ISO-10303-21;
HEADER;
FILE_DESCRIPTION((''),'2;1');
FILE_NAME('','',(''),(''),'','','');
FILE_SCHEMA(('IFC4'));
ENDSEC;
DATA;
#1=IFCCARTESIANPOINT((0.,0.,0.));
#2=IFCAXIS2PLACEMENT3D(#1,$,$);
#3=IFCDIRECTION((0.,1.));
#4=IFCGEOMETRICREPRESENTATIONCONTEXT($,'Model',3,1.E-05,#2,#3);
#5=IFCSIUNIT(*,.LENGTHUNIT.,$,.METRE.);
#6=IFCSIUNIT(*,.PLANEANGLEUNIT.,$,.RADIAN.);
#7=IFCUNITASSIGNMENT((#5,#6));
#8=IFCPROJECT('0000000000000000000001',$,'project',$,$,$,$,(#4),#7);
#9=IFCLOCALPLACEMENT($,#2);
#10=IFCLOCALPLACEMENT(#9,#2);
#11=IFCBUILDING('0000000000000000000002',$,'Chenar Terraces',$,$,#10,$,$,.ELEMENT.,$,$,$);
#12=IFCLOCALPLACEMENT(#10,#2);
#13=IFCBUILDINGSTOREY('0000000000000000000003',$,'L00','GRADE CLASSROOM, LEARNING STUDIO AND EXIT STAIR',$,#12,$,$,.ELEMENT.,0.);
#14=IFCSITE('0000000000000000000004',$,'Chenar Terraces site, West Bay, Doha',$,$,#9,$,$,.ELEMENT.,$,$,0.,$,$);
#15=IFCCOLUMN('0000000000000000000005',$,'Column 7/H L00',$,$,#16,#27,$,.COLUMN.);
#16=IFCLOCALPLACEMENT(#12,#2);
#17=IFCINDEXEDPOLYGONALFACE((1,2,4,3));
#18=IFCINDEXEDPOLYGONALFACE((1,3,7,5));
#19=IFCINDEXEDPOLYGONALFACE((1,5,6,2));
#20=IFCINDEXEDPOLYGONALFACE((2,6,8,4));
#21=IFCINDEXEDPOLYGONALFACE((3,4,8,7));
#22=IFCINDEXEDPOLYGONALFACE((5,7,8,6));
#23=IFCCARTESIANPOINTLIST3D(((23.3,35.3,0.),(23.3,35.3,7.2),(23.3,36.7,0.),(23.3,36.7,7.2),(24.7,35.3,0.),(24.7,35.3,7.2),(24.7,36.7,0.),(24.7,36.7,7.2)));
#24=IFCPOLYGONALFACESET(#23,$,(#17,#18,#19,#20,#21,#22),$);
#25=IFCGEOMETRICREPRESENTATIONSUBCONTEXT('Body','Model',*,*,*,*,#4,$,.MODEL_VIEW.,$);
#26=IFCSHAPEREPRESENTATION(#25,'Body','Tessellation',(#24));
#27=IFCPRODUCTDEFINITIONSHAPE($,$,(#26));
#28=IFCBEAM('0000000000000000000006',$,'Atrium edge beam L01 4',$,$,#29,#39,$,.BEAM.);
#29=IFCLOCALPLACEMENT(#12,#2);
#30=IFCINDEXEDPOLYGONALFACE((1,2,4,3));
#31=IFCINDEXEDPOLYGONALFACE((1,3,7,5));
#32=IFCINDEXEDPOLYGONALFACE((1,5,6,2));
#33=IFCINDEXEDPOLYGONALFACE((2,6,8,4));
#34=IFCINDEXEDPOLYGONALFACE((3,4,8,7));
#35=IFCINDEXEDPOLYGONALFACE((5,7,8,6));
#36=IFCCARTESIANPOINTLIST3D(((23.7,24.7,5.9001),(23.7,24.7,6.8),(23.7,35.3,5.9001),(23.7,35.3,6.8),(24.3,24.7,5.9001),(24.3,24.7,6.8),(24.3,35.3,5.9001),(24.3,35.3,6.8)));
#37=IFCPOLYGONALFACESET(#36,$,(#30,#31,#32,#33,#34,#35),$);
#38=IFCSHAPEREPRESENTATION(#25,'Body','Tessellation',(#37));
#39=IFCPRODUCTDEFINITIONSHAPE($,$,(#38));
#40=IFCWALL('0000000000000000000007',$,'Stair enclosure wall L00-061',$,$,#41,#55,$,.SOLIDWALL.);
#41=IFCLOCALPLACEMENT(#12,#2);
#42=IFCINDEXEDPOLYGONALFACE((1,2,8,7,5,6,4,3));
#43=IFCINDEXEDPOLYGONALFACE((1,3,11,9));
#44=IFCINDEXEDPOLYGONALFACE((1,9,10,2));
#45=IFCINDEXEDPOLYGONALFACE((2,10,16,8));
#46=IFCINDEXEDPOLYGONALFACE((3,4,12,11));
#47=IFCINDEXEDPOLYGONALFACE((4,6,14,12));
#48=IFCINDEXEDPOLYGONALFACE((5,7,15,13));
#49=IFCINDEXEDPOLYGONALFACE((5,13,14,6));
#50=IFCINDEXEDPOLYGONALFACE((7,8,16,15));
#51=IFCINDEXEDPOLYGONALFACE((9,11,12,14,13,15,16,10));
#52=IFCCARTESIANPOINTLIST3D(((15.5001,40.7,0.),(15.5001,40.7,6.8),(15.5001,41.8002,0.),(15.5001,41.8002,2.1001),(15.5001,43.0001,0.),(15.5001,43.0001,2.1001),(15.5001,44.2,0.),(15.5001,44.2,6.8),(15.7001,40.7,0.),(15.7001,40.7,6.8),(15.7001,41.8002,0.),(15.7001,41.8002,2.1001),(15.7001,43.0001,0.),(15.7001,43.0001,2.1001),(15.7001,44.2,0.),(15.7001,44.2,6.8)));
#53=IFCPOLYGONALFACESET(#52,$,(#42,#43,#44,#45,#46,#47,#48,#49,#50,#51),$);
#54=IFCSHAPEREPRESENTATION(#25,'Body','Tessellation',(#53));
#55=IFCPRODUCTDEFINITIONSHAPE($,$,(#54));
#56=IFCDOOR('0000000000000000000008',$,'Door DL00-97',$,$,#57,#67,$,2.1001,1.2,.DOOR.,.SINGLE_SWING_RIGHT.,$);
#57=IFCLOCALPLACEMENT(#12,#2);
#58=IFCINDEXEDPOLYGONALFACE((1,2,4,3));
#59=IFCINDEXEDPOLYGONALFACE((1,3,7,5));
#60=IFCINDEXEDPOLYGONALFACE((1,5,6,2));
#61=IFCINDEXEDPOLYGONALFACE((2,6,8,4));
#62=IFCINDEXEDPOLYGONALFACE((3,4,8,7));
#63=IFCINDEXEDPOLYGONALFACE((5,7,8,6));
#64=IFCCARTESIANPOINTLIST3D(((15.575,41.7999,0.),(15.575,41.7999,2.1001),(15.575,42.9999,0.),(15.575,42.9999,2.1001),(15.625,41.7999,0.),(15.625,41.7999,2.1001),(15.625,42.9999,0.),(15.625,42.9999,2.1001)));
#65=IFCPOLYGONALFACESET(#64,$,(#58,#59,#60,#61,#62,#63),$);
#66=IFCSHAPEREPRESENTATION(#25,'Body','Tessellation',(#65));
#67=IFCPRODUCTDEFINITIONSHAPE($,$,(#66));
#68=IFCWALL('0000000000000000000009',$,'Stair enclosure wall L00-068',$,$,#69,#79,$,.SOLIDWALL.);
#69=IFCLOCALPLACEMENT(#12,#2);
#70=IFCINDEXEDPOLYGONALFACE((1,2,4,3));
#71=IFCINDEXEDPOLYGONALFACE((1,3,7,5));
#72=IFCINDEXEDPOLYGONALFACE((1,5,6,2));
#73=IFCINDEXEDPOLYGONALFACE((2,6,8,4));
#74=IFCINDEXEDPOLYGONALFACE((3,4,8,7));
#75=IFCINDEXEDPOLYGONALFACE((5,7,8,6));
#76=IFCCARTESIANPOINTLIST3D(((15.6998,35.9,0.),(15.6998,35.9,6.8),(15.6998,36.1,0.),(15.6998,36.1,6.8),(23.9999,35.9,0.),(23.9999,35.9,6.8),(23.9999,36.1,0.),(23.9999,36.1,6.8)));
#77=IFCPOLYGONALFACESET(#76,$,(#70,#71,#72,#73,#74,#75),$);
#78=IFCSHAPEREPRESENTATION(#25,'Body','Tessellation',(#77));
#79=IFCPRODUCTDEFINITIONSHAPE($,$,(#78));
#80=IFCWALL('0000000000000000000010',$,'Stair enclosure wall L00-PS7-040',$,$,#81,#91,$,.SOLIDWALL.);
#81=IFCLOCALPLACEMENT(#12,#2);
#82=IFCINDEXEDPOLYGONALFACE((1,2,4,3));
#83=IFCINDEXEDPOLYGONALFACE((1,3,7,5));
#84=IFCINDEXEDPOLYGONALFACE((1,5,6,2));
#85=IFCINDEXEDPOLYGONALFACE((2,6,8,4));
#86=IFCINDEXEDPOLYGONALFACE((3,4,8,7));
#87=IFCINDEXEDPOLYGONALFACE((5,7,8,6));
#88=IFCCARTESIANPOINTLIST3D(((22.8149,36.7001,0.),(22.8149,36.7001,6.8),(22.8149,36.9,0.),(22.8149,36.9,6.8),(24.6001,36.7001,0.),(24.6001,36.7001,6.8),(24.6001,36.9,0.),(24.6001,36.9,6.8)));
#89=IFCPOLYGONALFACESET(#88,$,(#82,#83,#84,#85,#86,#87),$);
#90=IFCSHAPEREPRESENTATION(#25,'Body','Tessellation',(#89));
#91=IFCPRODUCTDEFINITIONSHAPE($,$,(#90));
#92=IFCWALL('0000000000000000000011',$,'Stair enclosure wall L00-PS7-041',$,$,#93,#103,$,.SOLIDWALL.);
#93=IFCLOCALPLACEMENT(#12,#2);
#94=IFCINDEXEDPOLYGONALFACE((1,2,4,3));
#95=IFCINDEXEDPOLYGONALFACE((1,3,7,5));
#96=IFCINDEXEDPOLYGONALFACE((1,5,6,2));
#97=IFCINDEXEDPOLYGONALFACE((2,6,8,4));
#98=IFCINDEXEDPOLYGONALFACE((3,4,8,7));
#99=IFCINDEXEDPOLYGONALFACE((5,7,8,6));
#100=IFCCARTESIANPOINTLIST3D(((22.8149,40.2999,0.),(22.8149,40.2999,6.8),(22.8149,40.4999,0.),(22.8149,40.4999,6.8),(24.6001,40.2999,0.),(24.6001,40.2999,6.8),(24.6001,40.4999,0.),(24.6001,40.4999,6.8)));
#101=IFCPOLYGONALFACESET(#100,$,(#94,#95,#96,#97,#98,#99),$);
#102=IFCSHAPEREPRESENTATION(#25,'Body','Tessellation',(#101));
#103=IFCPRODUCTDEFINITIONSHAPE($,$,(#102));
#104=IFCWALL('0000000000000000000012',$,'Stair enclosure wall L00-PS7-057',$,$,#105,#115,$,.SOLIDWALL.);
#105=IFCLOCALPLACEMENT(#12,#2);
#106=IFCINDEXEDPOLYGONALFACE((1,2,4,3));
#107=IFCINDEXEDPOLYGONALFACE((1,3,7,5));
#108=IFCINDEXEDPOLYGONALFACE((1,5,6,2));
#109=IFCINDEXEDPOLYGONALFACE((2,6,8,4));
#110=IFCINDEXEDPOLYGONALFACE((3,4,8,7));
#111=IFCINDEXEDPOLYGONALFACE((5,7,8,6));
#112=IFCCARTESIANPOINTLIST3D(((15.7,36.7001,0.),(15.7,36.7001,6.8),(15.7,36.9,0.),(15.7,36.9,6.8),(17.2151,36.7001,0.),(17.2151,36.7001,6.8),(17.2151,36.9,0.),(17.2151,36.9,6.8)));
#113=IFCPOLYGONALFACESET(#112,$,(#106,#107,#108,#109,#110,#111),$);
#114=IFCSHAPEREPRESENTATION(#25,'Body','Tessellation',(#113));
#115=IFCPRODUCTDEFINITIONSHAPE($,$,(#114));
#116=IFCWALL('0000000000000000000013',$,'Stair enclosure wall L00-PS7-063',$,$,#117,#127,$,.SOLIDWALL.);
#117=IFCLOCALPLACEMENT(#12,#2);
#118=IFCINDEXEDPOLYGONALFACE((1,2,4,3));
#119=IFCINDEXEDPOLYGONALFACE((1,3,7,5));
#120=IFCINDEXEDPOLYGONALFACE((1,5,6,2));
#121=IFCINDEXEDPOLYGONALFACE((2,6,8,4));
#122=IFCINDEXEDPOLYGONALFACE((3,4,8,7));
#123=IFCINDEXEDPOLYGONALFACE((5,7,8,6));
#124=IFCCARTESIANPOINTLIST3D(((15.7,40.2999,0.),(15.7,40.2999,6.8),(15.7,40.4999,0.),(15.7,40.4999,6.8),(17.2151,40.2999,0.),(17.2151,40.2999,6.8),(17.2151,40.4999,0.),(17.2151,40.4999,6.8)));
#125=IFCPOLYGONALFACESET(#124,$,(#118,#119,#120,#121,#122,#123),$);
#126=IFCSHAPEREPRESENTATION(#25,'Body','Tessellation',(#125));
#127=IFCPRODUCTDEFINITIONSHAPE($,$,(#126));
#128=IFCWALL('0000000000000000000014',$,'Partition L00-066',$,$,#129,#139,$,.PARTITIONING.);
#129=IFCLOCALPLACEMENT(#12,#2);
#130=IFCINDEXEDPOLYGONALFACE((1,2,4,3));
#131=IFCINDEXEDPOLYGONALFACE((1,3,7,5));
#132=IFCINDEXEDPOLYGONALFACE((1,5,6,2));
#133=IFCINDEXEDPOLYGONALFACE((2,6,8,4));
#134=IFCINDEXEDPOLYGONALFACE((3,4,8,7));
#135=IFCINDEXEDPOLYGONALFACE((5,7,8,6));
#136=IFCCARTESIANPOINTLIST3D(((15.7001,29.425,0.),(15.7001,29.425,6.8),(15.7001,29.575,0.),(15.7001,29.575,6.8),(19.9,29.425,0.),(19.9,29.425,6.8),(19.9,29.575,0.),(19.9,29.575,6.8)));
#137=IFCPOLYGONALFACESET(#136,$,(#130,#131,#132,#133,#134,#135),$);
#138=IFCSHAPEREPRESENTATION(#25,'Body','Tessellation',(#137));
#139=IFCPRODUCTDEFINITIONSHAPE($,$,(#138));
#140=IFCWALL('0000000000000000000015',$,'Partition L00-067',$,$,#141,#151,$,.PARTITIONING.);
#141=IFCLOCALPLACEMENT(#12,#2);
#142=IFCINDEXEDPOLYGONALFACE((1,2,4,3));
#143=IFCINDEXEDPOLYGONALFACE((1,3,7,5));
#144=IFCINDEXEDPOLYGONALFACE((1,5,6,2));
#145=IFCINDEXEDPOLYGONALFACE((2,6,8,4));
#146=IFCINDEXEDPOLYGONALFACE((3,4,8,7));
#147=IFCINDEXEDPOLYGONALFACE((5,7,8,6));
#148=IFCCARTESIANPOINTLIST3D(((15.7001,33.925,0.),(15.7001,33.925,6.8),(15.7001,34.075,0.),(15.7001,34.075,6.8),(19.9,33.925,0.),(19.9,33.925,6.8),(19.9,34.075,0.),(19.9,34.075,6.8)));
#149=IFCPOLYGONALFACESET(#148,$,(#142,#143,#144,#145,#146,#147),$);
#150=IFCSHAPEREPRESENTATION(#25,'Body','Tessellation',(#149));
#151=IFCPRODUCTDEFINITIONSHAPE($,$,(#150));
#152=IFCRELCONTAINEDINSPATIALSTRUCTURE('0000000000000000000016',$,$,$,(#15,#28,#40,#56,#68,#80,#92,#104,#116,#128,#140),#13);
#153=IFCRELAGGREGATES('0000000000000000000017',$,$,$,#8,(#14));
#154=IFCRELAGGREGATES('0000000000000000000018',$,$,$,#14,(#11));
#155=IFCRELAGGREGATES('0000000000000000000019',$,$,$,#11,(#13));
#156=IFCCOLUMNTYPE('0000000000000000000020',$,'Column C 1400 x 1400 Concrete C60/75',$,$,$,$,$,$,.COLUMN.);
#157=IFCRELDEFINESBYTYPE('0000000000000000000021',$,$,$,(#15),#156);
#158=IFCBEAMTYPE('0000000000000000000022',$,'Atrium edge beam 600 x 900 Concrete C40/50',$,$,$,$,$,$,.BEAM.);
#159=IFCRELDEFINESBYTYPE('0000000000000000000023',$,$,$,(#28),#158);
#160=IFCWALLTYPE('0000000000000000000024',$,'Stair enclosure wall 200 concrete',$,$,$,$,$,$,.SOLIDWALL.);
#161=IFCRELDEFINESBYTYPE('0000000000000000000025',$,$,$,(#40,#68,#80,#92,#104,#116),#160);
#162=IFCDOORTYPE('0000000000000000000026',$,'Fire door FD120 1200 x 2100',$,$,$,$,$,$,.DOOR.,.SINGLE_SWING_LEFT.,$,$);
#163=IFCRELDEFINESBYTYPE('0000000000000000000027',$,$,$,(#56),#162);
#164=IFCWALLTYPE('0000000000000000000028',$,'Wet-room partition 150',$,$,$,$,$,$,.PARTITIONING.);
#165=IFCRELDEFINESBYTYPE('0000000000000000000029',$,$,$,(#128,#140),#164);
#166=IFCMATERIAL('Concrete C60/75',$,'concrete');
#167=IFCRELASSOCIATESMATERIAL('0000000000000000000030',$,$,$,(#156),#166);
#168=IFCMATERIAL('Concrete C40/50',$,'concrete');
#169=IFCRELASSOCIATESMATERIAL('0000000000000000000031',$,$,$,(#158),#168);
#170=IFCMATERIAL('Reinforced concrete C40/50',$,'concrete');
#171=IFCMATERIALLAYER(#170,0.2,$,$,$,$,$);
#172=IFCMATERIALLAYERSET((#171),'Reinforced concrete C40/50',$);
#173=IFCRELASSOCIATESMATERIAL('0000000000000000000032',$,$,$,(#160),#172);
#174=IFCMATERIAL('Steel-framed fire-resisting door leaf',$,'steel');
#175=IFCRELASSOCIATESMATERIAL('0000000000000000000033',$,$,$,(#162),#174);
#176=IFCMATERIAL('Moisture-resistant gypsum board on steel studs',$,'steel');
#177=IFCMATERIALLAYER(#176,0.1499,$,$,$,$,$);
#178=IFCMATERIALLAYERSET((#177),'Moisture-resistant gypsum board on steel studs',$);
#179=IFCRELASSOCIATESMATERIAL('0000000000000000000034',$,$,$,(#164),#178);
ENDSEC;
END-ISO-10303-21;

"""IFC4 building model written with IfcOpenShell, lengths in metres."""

from ifc_helpers import new_model, si_unit, direction, frame, frame_2d, origin, origin_2d, place, context, subcontext, project, spatial, rectangle, extrude, material, layer, layer_set, material_profile, profile_set, type_object, element, fill, save


model = new_model("IFC4")

# Units and contexts
model_context = context("Model", 3, precision=1e-05, world=origin(), true_north=direction((0.0, 1.0)))
body_context = subcontext(model_context, "Body", "Model", "MODEL_VIEW")
ifc_project = project(units=[si_unit("LENGTHUNIT", "METRE"), si_unit("PLANEANGLEUNIT", "RADIAN")], contexts=[model_context])

# Site, building, storey
site_placement = place(None, origin())
site = spatial("IfcSite", under=ifc_project, at=site_placement, Name="Chenar Terraces site, West Bay, Doha", CompositionType="ELEMENT", RefElevation=0.0)
building_placement = place(site_placement, origin())
building = spatial("IfcBuilding", under=site, at=building_placement, Name="Chenar Terraces", CompositionType="ELEMENT")
storey_placement = place(building_placement, origin())
storey = spatial("IfcBuildingStorey", under=building, at=storey_placement, Name="L00", Description="GRADE CLASSROOM, LEARNING STUDIO AND EXIT STAIR", CompositionType="ELEMENT", Elevation=0.0)

# Column
ifc_material_1 = material(Name="Concrete C60/75", Category="concrete")
ifc_material_profile_1 = material_profile(ifc_material_1, rectangle(XDim=1.3999, YDim=1.3999, at=origin_2d()), Name="C 1400 x 1400")
ifc_profile_set_1 = profile_set([ifc_material_profile_1], Name="Concrete C60/75")
column_type = type_object("IfcColumnType", Name="Column C 1400 x 1400 Concrete C60/75", PredefinedType="COLUMN", material=ifc_profile_set_1)
column_placement = place(storey_placement, frame((24.0, 36.0, 0.0), z_axis=(0.0, 0.0, 1.0), x_axis=(1.0, 0.0, 0.0)))
element("IfcColumn", 1, at=column_placement, inside=storey, type_object=column_type, Name="Column 7/H L00", PredefinedType="COLUMN", context=body_context, shape_type="SweptSolid", body=[
    extrude(rectangle(XDim=1.3999, YDim=1.3999, at=origin_2d()), origin(), (0.0, 0.0, 1.0), 7.2),
])

# Beam
ifc_material_2 = material(Name="Concrete C40/50", Category="concrete")
ifc_material_profile_2 = material_profile(ifc_material_2, rectangle(XDim=0.6001, YDim=0.8999, at=origin_2d()), Name="RC 600 x 900")
ifc_profile_set_2 = profile_set([ifc_material_profile_2], Name="Concrete C40/50")
beam_type = type_object("IfcBeamType", Name="Atrium edge beam 600 x 900 Concrete C40/50", PredefinedType="BEAM", material=ifc_profile_set_2)
beam_placement = place(storey_placement, frame((24.0, 35.3, 6.3501), z_axis=(0.0, -1.0, 0.0), x_axis=(1.0, 0.0, 0.0)))
element("IfcBeam", 2, at=beam_placement, inside=storey, type_object=beam_type, Name="Atrium edge beam L01 4", PredefinedType="BEAM", context=body_context, shape_type="SweptSolid", body=[
    extrude(rectangle(XDim=0.6001, YDim=0.8999, at=origin_2d()), origin(), (0.0, 0.0, 1.0), 10.6001),
])

# Wall, opening, door
ifc_material_3 = material(Name="Reinforced concrete C40/50", Category="concrete")
ifc_layer_1 = layer(ifc_material_3, 0.2)
ifc_layer_set_1 = layer_set([ifc_layer_1], Name="Reinforced concrete C40/50")
wall_type_1 = type_object("IfcWallType", Name="Stair enclosure wall 200 concrete", PredefinedType="SOLIDWALL", material=ifc_layer_set_1)
wall_1_placement = place(storey_placement, frame((15.6001, 40.7, 0.0), z_axis=(0.0, 0.0, 1.0), x_axis=(0.0, 1.0, 0.0)))
wall_1 = element("IfcWall", 3, at=wall_1_placement, inside=storey, type_object=wall_type_1, Name="Stair enclosure wall L00-061", PredefinedType="SOLIDWALL", context=body_context, shape_type="SweptSolid", body=[
    extrude(rectangle(XDim=3.5, YDim=0.2, at=frame_2d((1.75, 0.0))), origin(), (0.0, 0.0, 1.0), 6.8),
])
opening_placement = place(wall_1_placement, frame((1.1001, 0.0, 0.0)))
opening = element("IfcOpeningElement", 4, at=opening_placement, cuts=wall_1, PredefinedType="OPENING", context=body_context, shape_type="SweptSolid", body=[
    extrude(rectangle(XDim=1.2, YDim=2.1001, at=frame_2d((0.6001, 1.05))), frame((0.0, 0.1099, 0.0), z_axis=(0.0, -1.0, 0.0), x_axis=(1.0, 0.0, 0.0)), (0.0, 0.0, 1.0), 0.22),
])
ifc_material_4 = material(Name="Steel-framed fire-resisting door leaf", Category="steel")
door_type = type_object("IfcDoorType", Name="Fire door FD120 1200 x 2100", OperationType="SINGLE_SWING_LEFT", PredefinedType="DOOR", material=ifc_material_4)
door_placement = place(opening_placement, frame((1.2, 0.0, 0.0), z_axis=(0.0, 0.0, 1.0), x_axis=(-1.0, 0.0, 0.0)))
door = element("IfcDoor", 5, at=door_placement, inside=storey, type_object=door_type, Name="Door DL00-97", OperationType="SINGLE_SWING_RIGHT", OverallHeight=2.1001, OverallWidth=1.2, PredefinedType="DOOR", context=body_context, shape_type="SweptSolid", body=[
    extrude(rectangle(XDim=1.2, YDim=2.1001, at=frame_2d((0.6001, 1.05))), frame((0.0, 0.0249, 0.0), z_axis=(0.0, -1.0, 0.0), x_axis=(1.0, 0.0, 0.0)), (0.0, 0.0, 1.0), 0.05),
])
fill(opening, door)

# Walls
wall_2_placement = place(storey_placement, frame((15.7, 36.0, 0.0), z_axis=(0.0, 0.0, 1.0), x_axis=(1.0, 0.0, 0.0)))
element("IfcWall", 6, at=wall_2_placement, inside=storey, type_object=wall_type_1, Name="Stair enclosure wall L00-068", PredefinedType="SOLIDWALL", context=body_context, shape_type="SweptSolid", body=[
    extrude(rectangle(XDim=8.3, YDim=0.2, at=frame_2d((4.1499, 0.0))), origin(), (0.0, 0.0, 1.0), 6.8),
])
for number, where, z_axis, x_axis, name in (
    (7, (22.8149, 36.8, 0.0), (0.0, 0.0, 1.0), (1.0, 0.0, 0.0), "Stair enclosure wall L00-PS7-040"),
    (8, (22.8149, 40.3999, 0.0), (0.0, 0.0, 1.0), (1.0, 0.0, 0.0), "Stair enclosure wall L00-PS7-041"),
):
    element("IfcWall", number, at=place(storey_placement, frame(where, z_axis=z_axis, x_axis=x_axis)), inside=storey, type_object=wall_type_1, Name=name, PredefinedType="SOLIDWALL", context=body_context, shape_type="SweptSolid", body=[
        extrude(rectangle(XDim=1.7852, YDim=0.2, at=frame_2d((0.8926, 0.0))), origin(), (0.0, 0.0, 1.0), 6.8),
    ])
for number, where, z_axis, x_axis, name in (
    (9, (15.7, 36.8, 0.0), (0.0, 0.0, 1.0), (1.0, 0.0, 0.0), "Stair enclosure wall L00-PS7-057"),
    (10, (15.7, 40.3999, 0.0), (0.0, 0.0, 1.0), (1.0, 0.0, 0.0), "Stair enclosure wall L00-PS7-063"),
):
    element("IfcWall", number, at=place(storey_placement, frame(where, z_axis=z_axis, x_axis=x_axis)), inside=storey, type_object=wall_type_1, Name=name, PredefinedType="SOLIDWALL", context=body_context, shape_type="SweptSolid", body=[
        extrude(rectangle(XDim=1.5151, YDim=0.2, at=frame_2d((0.7576, 0.0))), origin(), (0.0, 0.0, 1.0), 6.8),
    ])
ifc_material_5 = material(Name="Moisture-resistant gypsum board on steel studs", Category="steel")
ifc_layer_2 = layer(ifc_material_5, 0.1499)
ifc_layer_set_2 = layer_set([ifc_layer_2], Name="Moisture-resistant gypsum board on steel studs")
wall_type_2 = type_object("IfcWallType", Name="Wet-room partition 150", PredefinedType="PARTITIONING", material=ifc_layer_set_2)
for number, where, z_axis, x_axis, name in (
    (11, (15.7, 29.5, 0.0), (0.0, 0.0, 1.0), (1.0, 0.0, 0.0), "Partition L00-066"),
    (12, (15.7, 34.0, 0.0), (0.0, 0.0, 1.0), (1.0, 0.0, 0.0), "Partition L00-067"),
):
    element("IfcWall", number, at=place(storey_placement, frame(where, z_axis=z_axis, x_axis=x_axis)), inside=storey, type_object=wall_type_2, Name=name, PredefinedType="PARTITIONING", context=body_context, shape_type="SweptSolid", body=[
        extrude(rectangle(XDim=4.2, YDim=0.1499, at=frame_2d((2.1001, 0.0))), origin(), (0.0, 0.0, 1.0), 6.8),
    ])

save(model, "model.ifc")
